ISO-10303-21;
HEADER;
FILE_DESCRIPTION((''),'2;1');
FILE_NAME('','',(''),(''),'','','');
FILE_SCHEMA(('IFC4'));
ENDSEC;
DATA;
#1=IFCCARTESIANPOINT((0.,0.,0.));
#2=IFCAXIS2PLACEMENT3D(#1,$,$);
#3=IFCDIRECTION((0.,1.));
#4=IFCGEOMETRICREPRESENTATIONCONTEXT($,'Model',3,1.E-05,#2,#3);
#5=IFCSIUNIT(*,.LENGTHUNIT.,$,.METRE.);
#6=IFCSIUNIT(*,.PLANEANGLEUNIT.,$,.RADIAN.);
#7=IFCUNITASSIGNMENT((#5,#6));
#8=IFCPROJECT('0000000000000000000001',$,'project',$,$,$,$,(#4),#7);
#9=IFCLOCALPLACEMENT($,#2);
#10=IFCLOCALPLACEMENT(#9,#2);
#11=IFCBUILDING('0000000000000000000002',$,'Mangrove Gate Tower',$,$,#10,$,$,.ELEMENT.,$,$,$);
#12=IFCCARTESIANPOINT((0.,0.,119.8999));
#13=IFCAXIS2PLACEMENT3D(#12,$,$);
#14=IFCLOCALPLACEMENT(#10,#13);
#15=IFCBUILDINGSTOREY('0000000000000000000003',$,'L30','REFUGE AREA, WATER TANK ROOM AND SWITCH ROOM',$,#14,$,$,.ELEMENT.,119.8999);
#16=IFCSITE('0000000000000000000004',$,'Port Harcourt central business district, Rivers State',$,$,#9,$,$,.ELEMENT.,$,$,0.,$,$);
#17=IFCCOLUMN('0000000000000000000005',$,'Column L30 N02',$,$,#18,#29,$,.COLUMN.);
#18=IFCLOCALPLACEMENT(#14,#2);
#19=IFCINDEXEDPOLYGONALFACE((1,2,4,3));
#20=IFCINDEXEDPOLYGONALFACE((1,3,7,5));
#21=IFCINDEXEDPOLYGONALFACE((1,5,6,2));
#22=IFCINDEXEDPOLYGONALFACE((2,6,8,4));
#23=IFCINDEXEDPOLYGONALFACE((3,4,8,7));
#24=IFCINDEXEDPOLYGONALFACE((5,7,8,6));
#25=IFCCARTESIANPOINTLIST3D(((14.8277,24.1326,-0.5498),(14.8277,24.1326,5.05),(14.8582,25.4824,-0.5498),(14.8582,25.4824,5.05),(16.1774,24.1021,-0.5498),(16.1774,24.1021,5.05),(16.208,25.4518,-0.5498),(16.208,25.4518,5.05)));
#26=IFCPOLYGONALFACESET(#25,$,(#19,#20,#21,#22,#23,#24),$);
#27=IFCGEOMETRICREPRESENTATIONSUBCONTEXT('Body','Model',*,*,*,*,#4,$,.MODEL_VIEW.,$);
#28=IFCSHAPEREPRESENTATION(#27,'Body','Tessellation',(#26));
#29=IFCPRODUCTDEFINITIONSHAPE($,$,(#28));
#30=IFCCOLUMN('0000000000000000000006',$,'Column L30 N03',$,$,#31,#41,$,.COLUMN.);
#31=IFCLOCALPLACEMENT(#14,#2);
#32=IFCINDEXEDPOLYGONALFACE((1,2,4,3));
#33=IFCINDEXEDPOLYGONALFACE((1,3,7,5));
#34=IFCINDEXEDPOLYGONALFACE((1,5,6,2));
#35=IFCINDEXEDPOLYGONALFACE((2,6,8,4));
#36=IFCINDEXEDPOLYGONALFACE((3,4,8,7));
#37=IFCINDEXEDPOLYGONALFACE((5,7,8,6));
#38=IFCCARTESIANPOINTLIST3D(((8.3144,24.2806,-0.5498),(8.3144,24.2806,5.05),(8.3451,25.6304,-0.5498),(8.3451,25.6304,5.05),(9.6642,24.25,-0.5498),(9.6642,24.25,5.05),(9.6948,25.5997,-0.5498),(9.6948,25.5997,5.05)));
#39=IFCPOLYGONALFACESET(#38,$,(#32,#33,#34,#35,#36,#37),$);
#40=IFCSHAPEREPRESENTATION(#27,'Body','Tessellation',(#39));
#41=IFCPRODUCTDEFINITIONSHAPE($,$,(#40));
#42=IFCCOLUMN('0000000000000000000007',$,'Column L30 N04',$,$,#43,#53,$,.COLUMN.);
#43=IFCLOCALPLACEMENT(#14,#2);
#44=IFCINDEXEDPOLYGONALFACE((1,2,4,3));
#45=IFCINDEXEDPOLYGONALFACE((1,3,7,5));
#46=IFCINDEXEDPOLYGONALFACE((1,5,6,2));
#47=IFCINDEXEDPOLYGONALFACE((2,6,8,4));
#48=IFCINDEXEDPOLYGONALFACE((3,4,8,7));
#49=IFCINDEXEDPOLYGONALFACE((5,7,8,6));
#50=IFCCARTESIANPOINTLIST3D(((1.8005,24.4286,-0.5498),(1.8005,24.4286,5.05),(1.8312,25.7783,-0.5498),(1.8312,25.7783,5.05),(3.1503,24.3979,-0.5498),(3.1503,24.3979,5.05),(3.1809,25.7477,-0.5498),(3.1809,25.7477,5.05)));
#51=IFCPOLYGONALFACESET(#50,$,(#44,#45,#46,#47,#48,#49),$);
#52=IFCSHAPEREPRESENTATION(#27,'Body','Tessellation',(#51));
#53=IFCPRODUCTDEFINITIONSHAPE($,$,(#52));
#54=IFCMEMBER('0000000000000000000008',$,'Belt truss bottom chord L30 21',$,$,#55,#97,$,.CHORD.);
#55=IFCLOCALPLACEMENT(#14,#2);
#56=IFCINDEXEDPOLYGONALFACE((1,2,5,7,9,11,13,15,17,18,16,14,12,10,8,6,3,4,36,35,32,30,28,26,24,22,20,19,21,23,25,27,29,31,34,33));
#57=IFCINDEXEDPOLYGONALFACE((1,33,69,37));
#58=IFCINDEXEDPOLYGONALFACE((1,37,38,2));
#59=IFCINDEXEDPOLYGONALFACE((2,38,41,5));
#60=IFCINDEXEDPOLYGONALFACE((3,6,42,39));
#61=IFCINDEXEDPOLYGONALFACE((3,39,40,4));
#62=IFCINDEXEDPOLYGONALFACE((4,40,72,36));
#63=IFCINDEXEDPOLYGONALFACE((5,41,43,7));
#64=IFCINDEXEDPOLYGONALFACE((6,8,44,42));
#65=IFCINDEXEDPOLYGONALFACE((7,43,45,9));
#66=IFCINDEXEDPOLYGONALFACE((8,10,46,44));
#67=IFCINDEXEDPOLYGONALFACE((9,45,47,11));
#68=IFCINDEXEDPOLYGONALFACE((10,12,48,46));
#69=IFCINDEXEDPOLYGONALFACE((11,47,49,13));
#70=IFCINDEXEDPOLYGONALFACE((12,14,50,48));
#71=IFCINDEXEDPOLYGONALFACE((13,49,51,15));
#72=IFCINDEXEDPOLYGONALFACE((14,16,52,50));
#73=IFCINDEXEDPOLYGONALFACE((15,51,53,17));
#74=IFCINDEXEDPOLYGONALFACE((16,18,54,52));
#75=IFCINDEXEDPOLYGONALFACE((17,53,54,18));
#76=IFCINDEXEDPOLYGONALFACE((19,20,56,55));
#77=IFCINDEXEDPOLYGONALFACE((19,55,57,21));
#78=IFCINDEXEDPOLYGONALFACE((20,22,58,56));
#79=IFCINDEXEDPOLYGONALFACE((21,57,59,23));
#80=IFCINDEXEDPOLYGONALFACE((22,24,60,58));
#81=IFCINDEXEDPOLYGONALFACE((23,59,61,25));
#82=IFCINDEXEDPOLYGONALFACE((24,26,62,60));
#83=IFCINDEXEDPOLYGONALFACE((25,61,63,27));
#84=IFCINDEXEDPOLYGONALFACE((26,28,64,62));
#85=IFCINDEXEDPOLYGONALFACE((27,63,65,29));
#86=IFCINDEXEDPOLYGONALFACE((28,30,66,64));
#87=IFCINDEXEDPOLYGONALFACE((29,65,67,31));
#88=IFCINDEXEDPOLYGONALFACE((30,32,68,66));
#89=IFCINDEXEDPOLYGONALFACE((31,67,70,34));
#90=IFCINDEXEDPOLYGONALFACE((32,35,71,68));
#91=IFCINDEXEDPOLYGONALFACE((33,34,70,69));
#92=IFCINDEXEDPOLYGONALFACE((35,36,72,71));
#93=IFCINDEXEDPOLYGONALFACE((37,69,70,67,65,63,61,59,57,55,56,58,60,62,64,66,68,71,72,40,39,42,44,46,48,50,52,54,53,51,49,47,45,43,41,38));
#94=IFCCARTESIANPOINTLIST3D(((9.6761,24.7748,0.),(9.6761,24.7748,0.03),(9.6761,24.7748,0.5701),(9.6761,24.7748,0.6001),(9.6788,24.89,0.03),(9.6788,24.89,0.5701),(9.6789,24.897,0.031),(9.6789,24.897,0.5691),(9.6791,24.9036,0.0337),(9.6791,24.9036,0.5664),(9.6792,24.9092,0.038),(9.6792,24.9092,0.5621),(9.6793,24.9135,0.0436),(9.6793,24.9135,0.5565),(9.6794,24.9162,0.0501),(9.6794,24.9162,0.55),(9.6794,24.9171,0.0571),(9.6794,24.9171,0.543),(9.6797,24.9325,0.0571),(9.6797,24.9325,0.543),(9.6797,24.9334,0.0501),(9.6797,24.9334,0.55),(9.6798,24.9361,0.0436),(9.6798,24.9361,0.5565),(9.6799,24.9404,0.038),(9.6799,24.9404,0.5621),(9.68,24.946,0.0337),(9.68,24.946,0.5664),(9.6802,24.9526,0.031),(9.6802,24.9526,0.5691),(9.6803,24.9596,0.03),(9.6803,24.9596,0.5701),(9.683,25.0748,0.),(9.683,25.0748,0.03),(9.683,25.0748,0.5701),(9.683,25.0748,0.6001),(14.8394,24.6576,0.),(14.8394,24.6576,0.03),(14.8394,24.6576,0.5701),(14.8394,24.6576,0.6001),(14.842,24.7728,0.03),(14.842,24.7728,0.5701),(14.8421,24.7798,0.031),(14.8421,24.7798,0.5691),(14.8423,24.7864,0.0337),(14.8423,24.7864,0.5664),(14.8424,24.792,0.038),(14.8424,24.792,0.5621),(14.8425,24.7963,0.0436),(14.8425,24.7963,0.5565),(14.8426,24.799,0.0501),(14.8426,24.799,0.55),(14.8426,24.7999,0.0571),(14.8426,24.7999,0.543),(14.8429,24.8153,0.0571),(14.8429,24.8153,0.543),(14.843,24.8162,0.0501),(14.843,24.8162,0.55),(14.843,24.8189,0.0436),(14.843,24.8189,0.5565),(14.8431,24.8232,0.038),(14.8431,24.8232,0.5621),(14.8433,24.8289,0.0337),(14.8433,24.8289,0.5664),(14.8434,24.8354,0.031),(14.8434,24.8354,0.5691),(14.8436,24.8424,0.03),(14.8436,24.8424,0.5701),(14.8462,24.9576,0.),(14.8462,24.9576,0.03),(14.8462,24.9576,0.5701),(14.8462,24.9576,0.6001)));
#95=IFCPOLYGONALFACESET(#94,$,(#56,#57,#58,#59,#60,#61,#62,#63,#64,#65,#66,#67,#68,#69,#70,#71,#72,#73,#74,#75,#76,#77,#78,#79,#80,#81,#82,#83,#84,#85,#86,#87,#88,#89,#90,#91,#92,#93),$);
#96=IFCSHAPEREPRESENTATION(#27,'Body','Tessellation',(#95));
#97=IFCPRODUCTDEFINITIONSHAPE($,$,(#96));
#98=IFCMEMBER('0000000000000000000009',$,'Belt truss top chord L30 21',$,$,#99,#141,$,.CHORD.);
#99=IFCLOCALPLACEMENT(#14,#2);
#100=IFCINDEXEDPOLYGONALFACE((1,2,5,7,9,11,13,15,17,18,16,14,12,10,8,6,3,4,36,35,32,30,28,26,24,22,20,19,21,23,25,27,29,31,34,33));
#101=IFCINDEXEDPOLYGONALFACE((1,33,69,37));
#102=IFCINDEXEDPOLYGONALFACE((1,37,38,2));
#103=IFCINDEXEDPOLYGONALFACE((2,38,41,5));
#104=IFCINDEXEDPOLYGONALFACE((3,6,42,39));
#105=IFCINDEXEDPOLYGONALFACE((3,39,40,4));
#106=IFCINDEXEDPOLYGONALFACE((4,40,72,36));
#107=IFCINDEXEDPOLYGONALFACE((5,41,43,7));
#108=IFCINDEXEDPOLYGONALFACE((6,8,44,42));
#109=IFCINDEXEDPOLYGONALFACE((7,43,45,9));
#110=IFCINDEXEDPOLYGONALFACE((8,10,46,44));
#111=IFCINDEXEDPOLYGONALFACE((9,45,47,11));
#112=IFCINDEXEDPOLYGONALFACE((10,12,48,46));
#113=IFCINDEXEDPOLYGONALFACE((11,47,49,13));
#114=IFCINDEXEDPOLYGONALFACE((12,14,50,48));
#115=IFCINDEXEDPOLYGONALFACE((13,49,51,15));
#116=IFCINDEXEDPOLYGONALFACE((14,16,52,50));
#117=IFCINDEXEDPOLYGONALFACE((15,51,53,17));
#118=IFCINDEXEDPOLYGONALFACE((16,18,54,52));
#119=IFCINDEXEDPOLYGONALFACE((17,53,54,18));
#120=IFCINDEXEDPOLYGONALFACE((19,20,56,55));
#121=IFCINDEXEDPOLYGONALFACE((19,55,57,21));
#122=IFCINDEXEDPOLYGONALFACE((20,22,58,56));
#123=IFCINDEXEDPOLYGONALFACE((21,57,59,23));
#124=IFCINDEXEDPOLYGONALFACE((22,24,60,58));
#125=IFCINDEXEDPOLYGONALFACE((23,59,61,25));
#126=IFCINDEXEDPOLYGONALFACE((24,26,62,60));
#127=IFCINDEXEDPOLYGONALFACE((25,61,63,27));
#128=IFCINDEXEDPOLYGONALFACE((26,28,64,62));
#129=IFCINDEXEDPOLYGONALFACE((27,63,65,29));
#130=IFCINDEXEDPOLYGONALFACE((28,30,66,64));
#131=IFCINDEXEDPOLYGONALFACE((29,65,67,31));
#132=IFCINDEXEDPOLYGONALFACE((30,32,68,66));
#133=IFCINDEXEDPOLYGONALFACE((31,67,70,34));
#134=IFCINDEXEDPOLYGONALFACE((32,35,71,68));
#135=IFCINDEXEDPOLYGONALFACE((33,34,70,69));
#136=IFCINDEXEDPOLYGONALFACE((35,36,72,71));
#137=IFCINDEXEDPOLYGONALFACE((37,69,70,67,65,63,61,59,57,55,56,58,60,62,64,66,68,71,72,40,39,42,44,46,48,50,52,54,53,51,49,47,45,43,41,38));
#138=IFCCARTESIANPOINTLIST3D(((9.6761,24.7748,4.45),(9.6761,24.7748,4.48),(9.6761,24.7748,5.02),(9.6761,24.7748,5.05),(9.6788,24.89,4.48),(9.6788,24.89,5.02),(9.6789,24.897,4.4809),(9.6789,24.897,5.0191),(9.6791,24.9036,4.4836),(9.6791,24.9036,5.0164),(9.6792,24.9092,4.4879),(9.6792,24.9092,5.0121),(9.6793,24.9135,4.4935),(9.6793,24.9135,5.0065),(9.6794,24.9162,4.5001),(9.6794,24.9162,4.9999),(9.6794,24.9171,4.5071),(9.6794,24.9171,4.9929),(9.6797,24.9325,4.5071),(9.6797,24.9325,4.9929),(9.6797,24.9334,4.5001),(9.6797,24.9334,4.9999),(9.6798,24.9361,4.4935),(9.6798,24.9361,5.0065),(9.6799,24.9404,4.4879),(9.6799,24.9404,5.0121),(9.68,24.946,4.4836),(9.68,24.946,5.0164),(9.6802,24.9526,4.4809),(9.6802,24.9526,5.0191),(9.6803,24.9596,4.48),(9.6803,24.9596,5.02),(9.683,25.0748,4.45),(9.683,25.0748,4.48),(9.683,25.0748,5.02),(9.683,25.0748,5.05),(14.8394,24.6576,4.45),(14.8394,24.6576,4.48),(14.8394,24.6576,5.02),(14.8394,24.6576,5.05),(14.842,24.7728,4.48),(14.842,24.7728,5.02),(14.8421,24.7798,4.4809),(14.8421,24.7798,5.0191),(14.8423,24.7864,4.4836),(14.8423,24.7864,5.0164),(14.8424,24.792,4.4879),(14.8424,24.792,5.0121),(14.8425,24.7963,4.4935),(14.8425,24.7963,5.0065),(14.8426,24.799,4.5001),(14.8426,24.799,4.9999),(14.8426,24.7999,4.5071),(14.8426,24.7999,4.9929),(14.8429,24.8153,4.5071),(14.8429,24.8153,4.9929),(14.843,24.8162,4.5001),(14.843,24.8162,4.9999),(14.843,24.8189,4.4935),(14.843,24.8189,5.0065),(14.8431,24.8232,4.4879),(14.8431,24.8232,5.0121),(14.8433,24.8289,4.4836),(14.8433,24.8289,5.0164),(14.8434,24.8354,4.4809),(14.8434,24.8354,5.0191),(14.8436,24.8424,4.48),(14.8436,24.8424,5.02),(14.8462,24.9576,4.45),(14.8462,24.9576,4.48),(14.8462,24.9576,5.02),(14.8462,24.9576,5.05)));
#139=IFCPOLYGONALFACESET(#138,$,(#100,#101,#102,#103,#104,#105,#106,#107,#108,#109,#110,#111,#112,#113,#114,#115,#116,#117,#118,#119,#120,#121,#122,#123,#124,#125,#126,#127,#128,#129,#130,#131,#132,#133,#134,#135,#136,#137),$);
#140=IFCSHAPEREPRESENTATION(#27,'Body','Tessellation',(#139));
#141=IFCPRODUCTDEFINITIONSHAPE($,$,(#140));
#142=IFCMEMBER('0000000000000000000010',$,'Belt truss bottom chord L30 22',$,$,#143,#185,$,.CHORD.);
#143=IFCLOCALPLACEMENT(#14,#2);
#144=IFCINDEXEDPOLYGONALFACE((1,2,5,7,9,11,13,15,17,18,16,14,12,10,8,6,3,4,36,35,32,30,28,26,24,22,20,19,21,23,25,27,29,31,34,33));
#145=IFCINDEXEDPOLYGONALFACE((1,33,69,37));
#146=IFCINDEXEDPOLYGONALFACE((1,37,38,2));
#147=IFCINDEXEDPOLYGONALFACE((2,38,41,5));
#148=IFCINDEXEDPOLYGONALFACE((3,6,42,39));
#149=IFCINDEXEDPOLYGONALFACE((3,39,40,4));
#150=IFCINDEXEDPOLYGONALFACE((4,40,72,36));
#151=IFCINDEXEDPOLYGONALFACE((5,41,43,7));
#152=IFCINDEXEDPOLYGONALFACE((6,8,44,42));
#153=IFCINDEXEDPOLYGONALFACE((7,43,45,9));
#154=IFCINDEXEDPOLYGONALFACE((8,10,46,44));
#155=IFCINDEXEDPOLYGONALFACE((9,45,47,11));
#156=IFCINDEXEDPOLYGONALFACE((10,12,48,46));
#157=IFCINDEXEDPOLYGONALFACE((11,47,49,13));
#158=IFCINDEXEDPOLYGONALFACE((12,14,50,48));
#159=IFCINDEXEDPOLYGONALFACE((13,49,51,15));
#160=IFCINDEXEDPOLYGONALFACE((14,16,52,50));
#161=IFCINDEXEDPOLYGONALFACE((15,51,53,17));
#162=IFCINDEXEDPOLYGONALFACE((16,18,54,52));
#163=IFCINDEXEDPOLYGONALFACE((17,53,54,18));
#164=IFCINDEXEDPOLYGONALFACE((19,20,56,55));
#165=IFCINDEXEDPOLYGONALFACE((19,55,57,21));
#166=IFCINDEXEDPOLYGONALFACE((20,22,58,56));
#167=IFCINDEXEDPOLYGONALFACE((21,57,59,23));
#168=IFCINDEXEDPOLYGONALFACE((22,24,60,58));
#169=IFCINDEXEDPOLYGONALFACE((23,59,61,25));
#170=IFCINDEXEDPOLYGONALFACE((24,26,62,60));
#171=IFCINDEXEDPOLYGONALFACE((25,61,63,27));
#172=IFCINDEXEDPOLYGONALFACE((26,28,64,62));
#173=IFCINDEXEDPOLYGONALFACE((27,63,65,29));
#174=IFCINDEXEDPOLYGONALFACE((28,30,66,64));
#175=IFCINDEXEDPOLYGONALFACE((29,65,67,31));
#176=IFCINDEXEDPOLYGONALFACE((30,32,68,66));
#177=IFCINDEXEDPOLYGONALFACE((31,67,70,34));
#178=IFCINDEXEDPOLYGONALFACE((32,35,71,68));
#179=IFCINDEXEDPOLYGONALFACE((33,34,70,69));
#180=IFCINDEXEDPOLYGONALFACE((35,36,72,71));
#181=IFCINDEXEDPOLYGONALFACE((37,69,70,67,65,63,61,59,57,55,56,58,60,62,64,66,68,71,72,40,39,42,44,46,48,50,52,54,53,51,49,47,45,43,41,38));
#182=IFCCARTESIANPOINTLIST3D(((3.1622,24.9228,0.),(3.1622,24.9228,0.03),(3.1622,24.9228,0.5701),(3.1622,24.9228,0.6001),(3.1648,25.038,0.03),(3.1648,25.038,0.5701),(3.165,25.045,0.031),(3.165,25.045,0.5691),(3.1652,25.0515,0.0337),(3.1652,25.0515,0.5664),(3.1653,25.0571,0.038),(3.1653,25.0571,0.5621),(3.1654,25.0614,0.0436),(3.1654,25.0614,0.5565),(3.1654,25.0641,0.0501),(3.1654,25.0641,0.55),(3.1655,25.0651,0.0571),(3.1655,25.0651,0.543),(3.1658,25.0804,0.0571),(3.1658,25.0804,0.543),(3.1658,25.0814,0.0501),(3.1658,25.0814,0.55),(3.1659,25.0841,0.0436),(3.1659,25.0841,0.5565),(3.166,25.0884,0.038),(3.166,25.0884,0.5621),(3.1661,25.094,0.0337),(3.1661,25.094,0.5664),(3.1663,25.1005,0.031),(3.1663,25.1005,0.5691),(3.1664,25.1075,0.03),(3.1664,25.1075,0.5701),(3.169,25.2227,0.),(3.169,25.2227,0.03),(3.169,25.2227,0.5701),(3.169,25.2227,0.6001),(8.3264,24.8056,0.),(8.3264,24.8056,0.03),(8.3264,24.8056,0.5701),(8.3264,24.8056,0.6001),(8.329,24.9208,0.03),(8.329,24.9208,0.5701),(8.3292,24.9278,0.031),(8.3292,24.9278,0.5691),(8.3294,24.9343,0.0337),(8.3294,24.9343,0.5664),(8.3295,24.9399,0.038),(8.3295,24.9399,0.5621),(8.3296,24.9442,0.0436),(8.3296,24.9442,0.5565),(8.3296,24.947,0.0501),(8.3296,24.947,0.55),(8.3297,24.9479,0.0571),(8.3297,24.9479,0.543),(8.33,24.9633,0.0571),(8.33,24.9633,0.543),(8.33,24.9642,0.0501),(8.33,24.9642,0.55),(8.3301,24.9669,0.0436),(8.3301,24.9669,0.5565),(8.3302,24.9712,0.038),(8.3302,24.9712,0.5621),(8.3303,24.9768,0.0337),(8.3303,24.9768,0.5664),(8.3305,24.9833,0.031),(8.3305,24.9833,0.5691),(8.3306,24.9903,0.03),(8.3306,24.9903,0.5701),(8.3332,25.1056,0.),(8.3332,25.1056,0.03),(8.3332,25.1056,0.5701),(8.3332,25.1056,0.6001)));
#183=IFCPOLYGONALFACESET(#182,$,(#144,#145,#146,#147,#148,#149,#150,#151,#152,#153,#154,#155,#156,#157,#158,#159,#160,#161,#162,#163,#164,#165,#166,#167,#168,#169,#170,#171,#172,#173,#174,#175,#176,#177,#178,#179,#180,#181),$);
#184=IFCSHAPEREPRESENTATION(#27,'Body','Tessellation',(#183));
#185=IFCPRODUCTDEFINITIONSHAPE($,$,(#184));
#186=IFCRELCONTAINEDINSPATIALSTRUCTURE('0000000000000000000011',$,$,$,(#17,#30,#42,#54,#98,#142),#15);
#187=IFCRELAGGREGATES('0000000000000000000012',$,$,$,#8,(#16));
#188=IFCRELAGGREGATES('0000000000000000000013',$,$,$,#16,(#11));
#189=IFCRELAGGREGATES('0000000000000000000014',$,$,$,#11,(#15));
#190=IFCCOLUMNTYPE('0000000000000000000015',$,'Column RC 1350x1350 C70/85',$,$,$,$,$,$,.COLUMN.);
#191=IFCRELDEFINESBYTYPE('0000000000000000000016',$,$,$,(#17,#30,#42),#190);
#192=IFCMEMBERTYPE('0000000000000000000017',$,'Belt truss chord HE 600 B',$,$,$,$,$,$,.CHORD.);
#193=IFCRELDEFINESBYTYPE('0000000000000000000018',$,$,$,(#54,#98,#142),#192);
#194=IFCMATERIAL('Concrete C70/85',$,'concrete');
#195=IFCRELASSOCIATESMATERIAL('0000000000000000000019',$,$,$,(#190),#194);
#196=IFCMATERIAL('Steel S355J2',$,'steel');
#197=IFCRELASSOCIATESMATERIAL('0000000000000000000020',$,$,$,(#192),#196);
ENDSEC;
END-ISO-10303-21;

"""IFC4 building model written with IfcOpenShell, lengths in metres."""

from ifc_helpers import new_model, si_unit, direction, frame, origin, origin_2d, place, context, subcontext, project, spatial, rectangle, i_section, extrude, material, material_profile, profile_set, type_object, element, save


model = new_model("IFC4")

# Units and contexts
model_context = context("Model", 3, precision=1e-05, world=origin(), true_north=direction((0.0, 1.0)))
body_context = subcontext(model_context, "Body", "Model", "MODEL_VIEW")
ifc_project = project(units=[si_unit("LENGTHUNIT", "METRE"), si_unit("PLANEANGLEUNIT", "RADIAN")], contexts=[model_context])

# Site, building, storey
site_placement = place(None, origin())
site = spatial("IfcSite", under=ifc_project, at=site_placement, Name="Port Harcourt central business district, Rivers State", CompositionType="ELEMENT", RefElevation=0.0)
building_placement = place(site_placement, origin())
building = spatial("IfcBuilding", under=site, at=building_placement, Name="Mangrove Gate Tower", CompositionType="ELEMENT")
storey_placement = place(building_placement, frame((0.0, 0.0, 119.8999)))
storey = spatial("IfcBuildingStorey", under=building, at=storey_placement, Name="L30", Description="REFUGE AREA, WATER TANK ROOM AND SWITCH ROOM", CompositionType="ELEMENT", Elevation=119.8999)

# Columns
ifc_material_1 = material(Name="Concrete C70/85", Category="concrete")
ifc_material_profile_1 = material_profile(ifc_material_1, rectangle(XDim=1.3501, YDim=1.3501, at=origin_2d()))
ifc_profile_set_1 = profile_set([ifc_material_profile_1], Name="Concrete C70/85")
column_type = type_object("IfcColumnType", Name="Column RC 1350x1350 C70/85", PredefinedType="COLUMN", material=ifc_profile_set_1)
for number, where, z_axis, x_axis, name in (
    (1, (15.5178, 24.7922, -0.5498), (0.0, 0.0, 1.0), (-0.999744, 0.022639, 0.0), "Column L30 N02"),
    (2, (9.0046, 24.9402, -0.5498), (0.0, 0.0, 1.0), (-0.999742, 0.022716, 0.0), "Column L30 N03"),
    (3, (2.4907, 25.0881, -0.5498), (0.0, 0.0, 1.0), (-0.999742, 0.022714, 0.0), "Column L30 N04"),
):
    element("IfcColumn", number, at=place(storey_placement, frame(where, z_axis=z_axis, x_axis=x_axis)), inside=storey, type_object=column_type, Name=name, PredefinedType="COLUMN", context=body_context, shape_type="SweptSolid", body=[
        extrude(rectangle(XDim=1.3501, YDim=1.3501, at=origin_2d()), origin(), (0.0, 0.0, 1.0), 5.5999),
    ])

# Members
ifc_material_2 = material(Name="Steel S355J2", Category="steel")
ifc_material_profile_2 = material_profile(ifc_material_2, i_section(OverallWidth=0.3, OverallDepth=0.6001, WebThickness=0.0154, FlangeThickness=0.03, FilletRadius=0.0271, at=origin_2d()))
ifc_profile_set_2 = profile_set([ifc_material_profile_2], Name="Steel S355J2")
member_type_1 = type_object("IfcMemberType", Name="Belt truss chord HE 600 B", PredefinedType="CHORD", material=ifc_profile_set_2)
for number, where, z_axis, x_axis, name in (
    (4, (14.8428, 24.8076, 0.3), (-0.999743, 0.02269, 0.0), (-0.02269, -0.999743, 0.0), "Belt truss bottom chord L30 21"),
    (5, (14.8428, 24.8076, 4.75), (-0.999743, 0.02269, 0.0), (-0.02269, -0.999743, 0.0), "Belt truss top chord L30 21"),
):
    element("IfcMember", number, at=place(storey_placement, frame(where, z_axis=z_axis, x_axis=x_axis)), inside=storey, type_object=member_type_1, Name=name, PredefinedType="CHORD", context=body_context, shape_type="SweptSolid", body=[
        extrude(i_section(OverallWidth=0.3, OverallDepth=0.6001, WebThickness=0.0154, FlangeThickness=0.03, FilletRadius=0.0271, at=origin_2d()), origin(), (0.0, 0.0, 1.0), 5.1646),
    ])
for number, where, z_axis, x_axis, name in (
    (6, (8.3298, 24.9556, 0.3), (-0.999743, 0.022686, 0.0), (-0.022686, -0.999743, 0.0), "Belt truss bottom chord L30 22"),
):
    element("IfcMember", number, at=place(storey_placement, frame(where, z_axis=z_axis, x_axis=x_axis)), inside=storey, type_object=member_type_1, Name=name, PredefinedType="CHORD", context=body_context, shape_type="SweptSolid", body=[
        extrude(i_section(OverallWidth=0.3, OverallDepth=0.6001, WebThickness=0.0154, FlangeThickness=0.03, FilletRadius=0.0271, at=origin_2d()), origin(), (0.0, 0.0, 1.0), 5.1655),
    ])

save(model, "model.ifc")
